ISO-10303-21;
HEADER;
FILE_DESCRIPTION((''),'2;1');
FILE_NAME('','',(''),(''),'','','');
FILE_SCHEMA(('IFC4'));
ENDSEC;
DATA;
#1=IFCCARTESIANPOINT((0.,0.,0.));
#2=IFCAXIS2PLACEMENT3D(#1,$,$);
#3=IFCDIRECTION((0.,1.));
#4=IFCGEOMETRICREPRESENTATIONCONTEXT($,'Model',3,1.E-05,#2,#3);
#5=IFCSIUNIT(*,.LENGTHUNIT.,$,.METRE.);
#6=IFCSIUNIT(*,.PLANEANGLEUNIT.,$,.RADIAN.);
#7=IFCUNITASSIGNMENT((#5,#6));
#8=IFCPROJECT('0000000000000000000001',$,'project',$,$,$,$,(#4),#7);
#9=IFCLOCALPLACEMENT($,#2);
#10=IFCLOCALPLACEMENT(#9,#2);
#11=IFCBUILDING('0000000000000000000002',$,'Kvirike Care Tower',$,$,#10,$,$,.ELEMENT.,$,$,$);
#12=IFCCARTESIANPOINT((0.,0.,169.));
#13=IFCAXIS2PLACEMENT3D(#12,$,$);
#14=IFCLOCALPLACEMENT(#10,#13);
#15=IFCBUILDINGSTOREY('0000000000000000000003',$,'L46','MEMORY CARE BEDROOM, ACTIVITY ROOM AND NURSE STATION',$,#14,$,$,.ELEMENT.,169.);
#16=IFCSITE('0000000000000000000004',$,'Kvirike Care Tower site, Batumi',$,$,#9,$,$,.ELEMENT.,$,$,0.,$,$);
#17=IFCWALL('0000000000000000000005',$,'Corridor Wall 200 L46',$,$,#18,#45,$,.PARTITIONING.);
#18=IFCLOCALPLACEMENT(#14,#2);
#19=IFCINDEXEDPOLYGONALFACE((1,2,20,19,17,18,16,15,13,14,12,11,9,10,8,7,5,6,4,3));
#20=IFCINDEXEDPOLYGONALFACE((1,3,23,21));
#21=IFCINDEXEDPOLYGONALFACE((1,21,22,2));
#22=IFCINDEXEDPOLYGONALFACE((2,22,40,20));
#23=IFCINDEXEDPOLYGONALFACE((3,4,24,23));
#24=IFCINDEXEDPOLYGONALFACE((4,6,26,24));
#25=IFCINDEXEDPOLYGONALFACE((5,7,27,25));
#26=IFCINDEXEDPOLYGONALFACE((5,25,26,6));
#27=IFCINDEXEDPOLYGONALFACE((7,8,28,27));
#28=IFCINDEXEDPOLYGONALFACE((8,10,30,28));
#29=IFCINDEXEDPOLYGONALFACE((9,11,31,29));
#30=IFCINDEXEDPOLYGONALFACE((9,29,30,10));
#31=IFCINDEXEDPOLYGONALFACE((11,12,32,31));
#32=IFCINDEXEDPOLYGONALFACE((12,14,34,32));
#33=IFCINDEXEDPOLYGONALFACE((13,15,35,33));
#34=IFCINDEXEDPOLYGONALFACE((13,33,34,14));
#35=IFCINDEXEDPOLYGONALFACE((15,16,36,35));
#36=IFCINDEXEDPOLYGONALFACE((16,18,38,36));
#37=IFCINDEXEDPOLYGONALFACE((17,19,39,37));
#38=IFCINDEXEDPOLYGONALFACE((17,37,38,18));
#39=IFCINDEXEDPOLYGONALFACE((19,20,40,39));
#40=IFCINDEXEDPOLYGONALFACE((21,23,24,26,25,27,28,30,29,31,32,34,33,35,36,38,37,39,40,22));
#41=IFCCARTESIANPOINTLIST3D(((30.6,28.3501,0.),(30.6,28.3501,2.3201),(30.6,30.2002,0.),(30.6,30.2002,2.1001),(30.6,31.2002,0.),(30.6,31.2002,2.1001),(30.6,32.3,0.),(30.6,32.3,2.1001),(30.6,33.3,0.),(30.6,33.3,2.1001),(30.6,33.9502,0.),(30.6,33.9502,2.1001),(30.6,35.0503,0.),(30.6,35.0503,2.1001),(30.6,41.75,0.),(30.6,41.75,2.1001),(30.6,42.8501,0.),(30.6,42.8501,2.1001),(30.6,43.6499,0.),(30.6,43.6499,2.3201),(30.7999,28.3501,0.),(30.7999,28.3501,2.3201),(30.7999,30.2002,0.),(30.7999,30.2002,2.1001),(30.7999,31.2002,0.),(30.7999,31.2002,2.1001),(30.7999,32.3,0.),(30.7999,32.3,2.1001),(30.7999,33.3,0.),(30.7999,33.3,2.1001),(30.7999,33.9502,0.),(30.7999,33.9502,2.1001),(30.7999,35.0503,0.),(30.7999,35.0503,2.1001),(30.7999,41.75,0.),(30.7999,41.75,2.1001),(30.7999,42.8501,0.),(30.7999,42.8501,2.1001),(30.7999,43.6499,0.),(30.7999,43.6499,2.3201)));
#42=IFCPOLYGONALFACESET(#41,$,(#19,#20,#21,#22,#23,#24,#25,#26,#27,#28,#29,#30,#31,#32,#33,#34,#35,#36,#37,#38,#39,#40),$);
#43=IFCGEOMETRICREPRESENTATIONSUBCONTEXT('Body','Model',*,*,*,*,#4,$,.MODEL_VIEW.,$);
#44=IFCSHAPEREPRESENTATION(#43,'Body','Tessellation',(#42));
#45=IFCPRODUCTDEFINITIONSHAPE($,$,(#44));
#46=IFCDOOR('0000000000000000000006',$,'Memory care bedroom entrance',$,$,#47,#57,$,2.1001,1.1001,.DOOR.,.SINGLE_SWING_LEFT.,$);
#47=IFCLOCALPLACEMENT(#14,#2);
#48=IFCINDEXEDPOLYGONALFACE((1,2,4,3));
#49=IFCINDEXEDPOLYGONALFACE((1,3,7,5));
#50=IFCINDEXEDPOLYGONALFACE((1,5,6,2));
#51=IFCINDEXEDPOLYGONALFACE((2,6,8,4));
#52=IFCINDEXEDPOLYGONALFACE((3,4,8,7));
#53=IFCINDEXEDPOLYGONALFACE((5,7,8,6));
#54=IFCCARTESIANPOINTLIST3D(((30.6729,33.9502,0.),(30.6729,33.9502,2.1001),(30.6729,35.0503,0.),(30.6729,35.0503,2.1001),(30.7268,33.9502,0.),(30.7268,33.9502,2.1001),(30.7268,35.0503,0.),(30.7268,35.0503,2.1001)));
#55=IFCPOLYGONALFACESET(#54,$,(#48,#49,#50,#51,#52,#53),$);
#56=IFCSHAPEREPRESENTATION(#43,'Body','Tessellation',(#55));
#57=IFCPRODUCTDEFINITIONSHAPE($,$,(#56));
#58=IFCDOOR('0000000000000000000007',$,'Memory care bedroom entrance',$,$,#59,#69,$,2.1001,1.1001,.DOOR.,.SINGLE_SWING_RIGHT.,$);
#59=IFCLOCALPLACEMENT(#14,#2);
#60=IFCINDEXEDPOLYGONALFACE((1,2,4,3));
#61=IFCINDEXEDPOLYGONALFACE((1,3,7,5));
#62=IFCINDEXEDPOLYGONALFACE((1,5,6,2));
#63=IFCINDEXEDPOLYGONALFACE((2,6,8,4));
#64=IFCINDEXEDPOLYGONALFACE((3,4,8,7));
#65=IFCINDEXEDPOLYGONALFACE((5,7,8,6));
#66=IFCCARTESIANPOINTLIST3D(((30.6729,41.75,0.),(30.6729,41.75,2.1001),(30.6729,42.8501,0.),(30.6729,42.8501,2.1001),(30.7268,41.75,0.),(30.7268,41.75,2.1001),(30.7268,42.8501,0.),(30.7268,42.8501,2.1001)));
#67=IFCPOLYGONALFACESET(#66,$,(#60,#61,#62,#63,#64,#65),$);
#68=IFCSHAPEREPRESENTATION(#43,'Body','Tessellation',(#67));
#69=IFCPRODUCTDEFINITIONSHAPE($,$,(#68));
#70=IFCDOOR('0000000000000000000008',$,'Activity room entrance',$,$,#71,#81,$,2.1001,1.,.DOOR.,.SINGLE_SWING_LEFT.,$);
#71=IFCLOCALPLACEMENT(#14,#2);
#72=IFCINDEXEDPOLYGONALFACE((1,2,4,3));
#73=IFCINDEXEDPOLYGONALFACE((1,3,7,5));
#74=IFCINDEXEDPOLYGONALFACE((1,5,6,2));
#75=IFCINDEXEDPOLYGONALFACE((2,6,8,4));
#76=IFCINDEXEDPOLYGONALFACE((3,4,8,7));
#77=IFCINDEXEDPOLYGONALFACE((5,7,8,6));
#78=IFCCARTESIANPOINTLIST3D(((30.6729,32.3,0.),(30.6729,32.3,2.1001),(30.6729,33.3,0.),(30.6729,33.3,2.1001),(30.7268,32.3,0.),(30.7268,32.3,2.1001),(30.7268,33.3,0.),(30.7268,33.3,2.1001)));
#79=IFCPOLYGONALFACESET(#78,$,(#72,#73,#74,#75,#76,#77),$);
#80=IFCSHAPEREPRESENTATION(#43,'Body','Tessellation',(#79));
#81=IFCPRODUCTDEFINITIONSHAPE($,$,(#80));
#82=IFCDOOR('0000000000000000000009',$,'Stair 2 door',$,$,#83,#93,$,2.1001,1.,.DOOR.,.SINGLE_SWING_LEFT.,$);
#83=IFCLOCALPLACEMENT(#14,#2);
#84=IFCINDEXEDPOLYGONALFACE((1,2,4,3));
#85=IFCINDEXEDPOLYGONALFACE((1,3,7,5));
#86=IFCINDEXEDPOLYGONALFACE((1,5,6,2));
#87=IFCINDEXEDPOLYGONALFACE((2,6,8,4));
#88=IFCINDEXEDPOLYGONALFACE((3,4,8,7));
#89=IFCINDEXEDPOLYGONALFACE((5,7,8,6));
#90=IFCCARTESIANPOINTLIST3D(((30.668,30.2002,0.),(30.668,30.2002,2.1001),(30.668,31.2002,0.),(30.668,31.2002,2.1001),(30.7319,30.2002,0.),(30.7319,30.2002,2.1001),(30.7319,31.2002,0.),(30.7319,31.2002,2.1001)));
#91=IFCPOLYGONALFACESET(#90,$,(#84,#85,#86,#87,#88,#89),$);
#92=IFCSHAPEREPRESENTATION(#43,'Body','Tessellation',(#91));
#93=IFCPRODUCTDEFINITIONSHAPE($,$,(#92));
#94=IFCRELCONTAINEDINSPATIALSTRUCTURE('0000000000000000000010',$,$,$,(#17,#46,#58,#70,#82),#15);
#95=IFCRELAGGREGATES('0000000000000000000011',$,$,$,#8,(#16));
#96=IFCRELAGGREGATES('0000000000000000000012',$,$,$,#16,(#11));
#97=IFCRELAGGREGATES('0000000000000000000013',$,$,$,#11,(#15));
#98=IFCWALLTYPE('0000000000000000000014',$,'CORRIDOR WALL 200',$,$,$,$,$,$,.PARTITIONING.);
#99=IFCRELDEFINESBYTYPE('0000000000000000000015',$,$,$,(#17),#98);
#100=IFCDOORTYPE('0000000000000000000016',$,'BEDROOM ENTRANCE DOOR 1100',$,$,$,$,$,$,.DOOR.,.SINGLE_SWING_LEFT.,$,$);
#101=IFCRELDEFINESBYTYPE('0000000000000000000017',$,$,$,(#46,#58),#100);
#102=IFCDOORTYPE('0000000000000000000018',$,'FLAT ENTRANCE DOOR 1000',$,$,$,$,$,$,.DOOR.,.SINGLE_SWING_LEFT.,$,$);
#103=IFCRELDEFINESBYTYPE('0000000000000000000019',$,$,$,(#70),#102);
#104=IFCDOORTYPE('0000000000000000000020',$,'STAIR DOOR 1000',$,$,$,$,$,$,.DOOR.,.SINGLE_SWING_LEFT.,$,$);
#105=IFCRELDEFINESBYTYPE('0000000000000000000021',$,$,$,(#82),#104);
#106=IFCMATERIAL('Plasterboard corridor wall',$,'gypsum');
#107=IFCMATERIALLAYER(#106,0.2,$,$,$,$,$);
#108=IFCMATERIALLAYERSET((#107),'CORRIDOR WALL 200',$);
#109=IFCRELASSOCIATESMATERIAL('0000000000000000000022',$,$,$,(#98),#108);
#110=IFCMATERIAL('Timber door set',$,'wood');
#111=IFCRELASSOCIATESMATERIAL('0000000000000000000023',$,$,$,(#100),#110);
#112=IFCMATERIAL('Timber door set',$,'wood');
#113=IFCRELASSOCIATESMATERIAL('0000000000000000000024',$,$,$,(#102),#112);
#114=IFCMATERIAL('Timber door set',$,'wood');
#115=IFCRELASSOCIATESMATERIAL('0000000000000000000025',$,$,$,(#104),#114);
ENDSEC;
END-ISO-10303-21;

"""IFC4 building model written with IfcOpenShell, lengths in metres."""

from ifc_helpers import new_model, si_unit, direction, frame, frame_2d, origin, place, context, subcontext, project, spatial, rectangle, extrude, material, layer, layer_set, type_object, element, fill, save


model = new_model("IFC4")

# Units and contexts
model_context = context("Model", 3, precision=1e-05, world=origin(), true_north=direction((0.0, 1.0)))
body_context = subcontext(model_context, "Body", "Model", "MODEL_VIEW")
ifc_project = project(units=[si_unit("LENGTHUNIT", "METRE"), si_unit("PLANEANGLEUNIT", "RADIAN")], contexts=[model_context])

# Site, building, storey
site_placement = place(None, origin())
site = spatial("IfcSite", under=ifc_project, at=site_placement, Name="Kvirike Care Tower site, Batumi", CompositionType="ELEMENT", RefElevation=0.0)
building_placement = place(site_placement, origin())
building = spatial("IfcBuilding", under=site, at=building_placement, Name="Kvirike Care Tower", CompositionType="ELEMENT")
storey_placement = place(building_placement, frame((0.0, 0.0, 169.0)))
storey = spatial("IfcBuildingStorey", under=building, at=storey_placement, Name="L46", Description="MEMORY CARE BEDROOM, ACTIVITY ROOM AND NURSE STATION", CompositionType="ELEMENT", Elevation=169.0)

# Wall, openings, doors
ifc_material_1 = material(Name="Plasterboard corridor wall", Category="gypsum")
ifc_layer_1 = layer(ifc_material_1, 0.2)
ifc_layer_set_1 = layer_set([ifc_layer_1], Name="CORRIDOR WALL 200")
wall_type = type_object("IfcWallType", Name="CORRIDOR WALL 200", PredefinedType="PARTITIONING", material=ifc_layer_set_1)
wall_placement = place(storey_placement, frame((30.7, 28.3501, 0.0), z_axis=(0.0, 0.0, 1.0), x_axis=(0.0, 1.0, 0.0)))
wall = element("IfcWall", 1, at=wall_placement, inside=storey, type_object=wall_type, Name="Corridor Wall 200 L46", PredefinedType="PARTITIONING", context=body_context, shape_type="SweptSolid", body=[
    extrude(rectangle(XDim=15.2998, YDim=0.2, at=frame_2d((7.6499, 0.0))), origin(), (0.0, 0.0, 1.0), 2.3201),
])
opening_1_placement = place(wall_placement, frame((1.8501, 0.0, 0.0)))
opening_1 = element("IfcOpeningElement", 2, at=opening_1_placement, cuts=wall, PredefinedType="OPENING", context=body_context, shape_type="SweptSolid", body=[
    extrude(rectangle(XDim=1.0, YDim=2.1001, at=frame_2d((0.5, 1.05))), frame((0.0, 0.1106, 0.0), z_axis=(0.0, -1.0, 0.0), x_axis=(1.0, 0.0, 0.0)), (0.0, 0.0, 1.0), 0.2209),
])
opening_2_placement = place(wall_placement, frame((3.95, 0.0, 0.0)))
opening_2 = element("IfcOpeningElement", 3, at=opening_2_placement, cuts=wall, PredefinedType="OPENING", context=body_context, shape_type="SweptSolid", body=[
    extrude(rectangle(XDim=1.0, YDim=2.1001, at=frame_2d((0.5, 1.05))), frame((0.0, 0.1106, 0.0), z_axis=(0.0, -1.0, 0.0), x_axis=(1.0, 0.0, 0.0)), (0.0, 0.0, 1.0), 0.2209),
])
opening_3_placement = place(wall_placement, frame((5.6001, 0.0, 0.0)))
opening_3 = element("IfcOpeningElement", 4, at=opening_3_placement, cuts=wall, PredefinedType="OPENING", context=body_context, shape_type="SweptSolid", body=[
    extrude(rectangle(XDim=1.1001, YDim=2.1001, at=frame_2d((0.55, 1.05))), frame((0.0, 0.1106, 0.0), z_axis=(0.0, -1.0, 0.0), x_axis=(1.0, 0.0, 0.0)), (0.0, 0.0, 1.0), 0.2209),
])
opening_4_placement = place(wall_placement, frame((13.3999, 0.0, 0.0)))
opening_4 = element("IfcOpeningElement", 5, at=opening_4_placement, cuts=wall, PredefinedType="OPENING", context=body_context, shape_type="SweptSolid", body=[
    extrude(rectangle(XDim=1.1001, YDim=2.1001, at=frame_2d((0.55, 1.05))), frame((0.0, 0.1106, 0.0), z_axis=(0.0, -1.0, 0.0), x_axis=(1.0, 0.0, 0.0)), (0.0, 0.0, 1.0), 0.2209),
])
ifc_material_2 = material(Name="Timber door set", Category="wood")
door_type_1 = type_object("IfcDoorType", Name="BEDROOM ENTRANCE DOOR 1100", OperationType="SINGLE_SWING_LEFT", PredefinedType="DOOR", material=ifc_material_2)
door_1_placement = place(opening_3_placement, frame((1.1001, 0.0, 0.0), z_axis=(0.0, 0.0, 1.0), x_axis=(-1.0, 0.0, 0.0)))
door_1 = element("IfcDoor", 6, at=door_1_placement, inside=storey, type_object=door_type_1, Name="Memory care bedroom entrance", OperationType="SINGLE_SWING_LEFT", OverallHeight=2.1001, OverallWidth=1.1001, PredefinedType="DOOR", context=body_context, shape_type="SweptSolid", body=[
    extrude(rectangle(XDim=1.1001, YDim=2.1001, at=frame_2d((0.55, 1.05))), frame((0.0, 0.0269, 0.0), z_axis=(0.0, -1.0, 0.0), x_axis=(1.0, 0.0, 0.0)), (0.0, 0.0, 1.0), 0.054),
])
fill(opening_3, door_1)
door_2_placement = place(opening_4_placement, frame((1.1001, 0.0, 0.0), z_axis=(0.0, 0.0, 1.0), x_axis=(-1.0, 0.0, 0.0)))
door_2 = element("IfcDoor", 7, at=door_2_placement, inside=storey, type_object=door_type_1, Name="Memory care bedroom entrance", OperationType="SINGLE_SWING_RIGHT", OverallHeight=2.1001, OverallWidth=1.1001, PredefinedType="DOOR", context=body_context, shape_type="SweptSolid", body=[
    extrude(rectangle(XDim=1.1001, YDim=2.1001, at=frame_2d((0.55, 1.05))), frame((0.0, 0.0269, 0.0), z_axis=(0.0, -1.0, 0.0), x_axis=(1.0, 0.0, 0.0)), (0.0, 0.0, 1.0), 0.054),
])
fill(opening_4, door_2)
ifc_material_3 = material(Name="Timber door set", Category="wood")
door_type_2 = type_object("IfcDoorType", Name="FLAT ENTRANCE DOOR 1000", OperationType="SINGLE_SWING_LEFT", PredefinedType="DOOR", material=ifc_material_3)
door_3_placement = place(opening_2_placement, frame((1.0, 0.0, 0.0), z_axis=(0.0, 0.0, 1.0), x_axis=(-1.0, 0.0, 0.0)))
door_3 = element("IfcDoor", 8, at=door_3_placement, inside=storey, type_object=door_type_2, Name="Activity room entrance", OperationType="SINGLE_SWING_LEFT", OverallHeight=2.1001, OverallWidth=1.0, PredefinedType="DOOR", context=body_context, shape_type="SweptSolid", body=[
    extrude(rectangle(XDim=1.0, YDim=2.1001, at=frame_2d((0.5, 1.05))), frame((0.0, 0.0269, 0.0), z_axis=(0.0, -1.0, 0.0), x_axis=(1.0, 0.0, 0.0)), (0.0, 0.0, 1.0), 0.054),
])
fill(opening_2, door_3)
ifc_material_4 = material(Name="Timber door set", Category="wood")
door_type_3 = type_object("IfcDoorType", Name="STAIR DOOR 1000", OperationType="SINGLE_SWING_LEFT", PredefinedType="DOOR", material=ifc_material_4)
door_4_placement = place(opening_1_placement, frame((1.0, 0.0, 0.0), z_axis=(0.0, 0.0, 1.0), x_axis=(-1.0, 0.0, 0.0)))
door_4 = element("IfcDoor", 9, at=door_4_placement, inside=storey, type_object=door_type_3, Name="Stair 2 door", OperationType="SINGLE_SWING_LEFT", OverallHeight=2.1001, OverallWidth=1.0, PredefinedType="DOOR", context=body_context, shape_type="SweptSolid", body=[
    extrude(rectangle(XDim=1.0, YDim=2.1001, at=frame_2d((0.5, 1.05))), frame((0.0, 0.032, 0.0), z_axis=(0.0, -1.0, 0.0), x_axis=(1.0, 0.0, 0.0)), (0.0, 0.0, 1.0), 0.064),
])
fill(opening_1, door_4)

save(model, "model.ifc")
